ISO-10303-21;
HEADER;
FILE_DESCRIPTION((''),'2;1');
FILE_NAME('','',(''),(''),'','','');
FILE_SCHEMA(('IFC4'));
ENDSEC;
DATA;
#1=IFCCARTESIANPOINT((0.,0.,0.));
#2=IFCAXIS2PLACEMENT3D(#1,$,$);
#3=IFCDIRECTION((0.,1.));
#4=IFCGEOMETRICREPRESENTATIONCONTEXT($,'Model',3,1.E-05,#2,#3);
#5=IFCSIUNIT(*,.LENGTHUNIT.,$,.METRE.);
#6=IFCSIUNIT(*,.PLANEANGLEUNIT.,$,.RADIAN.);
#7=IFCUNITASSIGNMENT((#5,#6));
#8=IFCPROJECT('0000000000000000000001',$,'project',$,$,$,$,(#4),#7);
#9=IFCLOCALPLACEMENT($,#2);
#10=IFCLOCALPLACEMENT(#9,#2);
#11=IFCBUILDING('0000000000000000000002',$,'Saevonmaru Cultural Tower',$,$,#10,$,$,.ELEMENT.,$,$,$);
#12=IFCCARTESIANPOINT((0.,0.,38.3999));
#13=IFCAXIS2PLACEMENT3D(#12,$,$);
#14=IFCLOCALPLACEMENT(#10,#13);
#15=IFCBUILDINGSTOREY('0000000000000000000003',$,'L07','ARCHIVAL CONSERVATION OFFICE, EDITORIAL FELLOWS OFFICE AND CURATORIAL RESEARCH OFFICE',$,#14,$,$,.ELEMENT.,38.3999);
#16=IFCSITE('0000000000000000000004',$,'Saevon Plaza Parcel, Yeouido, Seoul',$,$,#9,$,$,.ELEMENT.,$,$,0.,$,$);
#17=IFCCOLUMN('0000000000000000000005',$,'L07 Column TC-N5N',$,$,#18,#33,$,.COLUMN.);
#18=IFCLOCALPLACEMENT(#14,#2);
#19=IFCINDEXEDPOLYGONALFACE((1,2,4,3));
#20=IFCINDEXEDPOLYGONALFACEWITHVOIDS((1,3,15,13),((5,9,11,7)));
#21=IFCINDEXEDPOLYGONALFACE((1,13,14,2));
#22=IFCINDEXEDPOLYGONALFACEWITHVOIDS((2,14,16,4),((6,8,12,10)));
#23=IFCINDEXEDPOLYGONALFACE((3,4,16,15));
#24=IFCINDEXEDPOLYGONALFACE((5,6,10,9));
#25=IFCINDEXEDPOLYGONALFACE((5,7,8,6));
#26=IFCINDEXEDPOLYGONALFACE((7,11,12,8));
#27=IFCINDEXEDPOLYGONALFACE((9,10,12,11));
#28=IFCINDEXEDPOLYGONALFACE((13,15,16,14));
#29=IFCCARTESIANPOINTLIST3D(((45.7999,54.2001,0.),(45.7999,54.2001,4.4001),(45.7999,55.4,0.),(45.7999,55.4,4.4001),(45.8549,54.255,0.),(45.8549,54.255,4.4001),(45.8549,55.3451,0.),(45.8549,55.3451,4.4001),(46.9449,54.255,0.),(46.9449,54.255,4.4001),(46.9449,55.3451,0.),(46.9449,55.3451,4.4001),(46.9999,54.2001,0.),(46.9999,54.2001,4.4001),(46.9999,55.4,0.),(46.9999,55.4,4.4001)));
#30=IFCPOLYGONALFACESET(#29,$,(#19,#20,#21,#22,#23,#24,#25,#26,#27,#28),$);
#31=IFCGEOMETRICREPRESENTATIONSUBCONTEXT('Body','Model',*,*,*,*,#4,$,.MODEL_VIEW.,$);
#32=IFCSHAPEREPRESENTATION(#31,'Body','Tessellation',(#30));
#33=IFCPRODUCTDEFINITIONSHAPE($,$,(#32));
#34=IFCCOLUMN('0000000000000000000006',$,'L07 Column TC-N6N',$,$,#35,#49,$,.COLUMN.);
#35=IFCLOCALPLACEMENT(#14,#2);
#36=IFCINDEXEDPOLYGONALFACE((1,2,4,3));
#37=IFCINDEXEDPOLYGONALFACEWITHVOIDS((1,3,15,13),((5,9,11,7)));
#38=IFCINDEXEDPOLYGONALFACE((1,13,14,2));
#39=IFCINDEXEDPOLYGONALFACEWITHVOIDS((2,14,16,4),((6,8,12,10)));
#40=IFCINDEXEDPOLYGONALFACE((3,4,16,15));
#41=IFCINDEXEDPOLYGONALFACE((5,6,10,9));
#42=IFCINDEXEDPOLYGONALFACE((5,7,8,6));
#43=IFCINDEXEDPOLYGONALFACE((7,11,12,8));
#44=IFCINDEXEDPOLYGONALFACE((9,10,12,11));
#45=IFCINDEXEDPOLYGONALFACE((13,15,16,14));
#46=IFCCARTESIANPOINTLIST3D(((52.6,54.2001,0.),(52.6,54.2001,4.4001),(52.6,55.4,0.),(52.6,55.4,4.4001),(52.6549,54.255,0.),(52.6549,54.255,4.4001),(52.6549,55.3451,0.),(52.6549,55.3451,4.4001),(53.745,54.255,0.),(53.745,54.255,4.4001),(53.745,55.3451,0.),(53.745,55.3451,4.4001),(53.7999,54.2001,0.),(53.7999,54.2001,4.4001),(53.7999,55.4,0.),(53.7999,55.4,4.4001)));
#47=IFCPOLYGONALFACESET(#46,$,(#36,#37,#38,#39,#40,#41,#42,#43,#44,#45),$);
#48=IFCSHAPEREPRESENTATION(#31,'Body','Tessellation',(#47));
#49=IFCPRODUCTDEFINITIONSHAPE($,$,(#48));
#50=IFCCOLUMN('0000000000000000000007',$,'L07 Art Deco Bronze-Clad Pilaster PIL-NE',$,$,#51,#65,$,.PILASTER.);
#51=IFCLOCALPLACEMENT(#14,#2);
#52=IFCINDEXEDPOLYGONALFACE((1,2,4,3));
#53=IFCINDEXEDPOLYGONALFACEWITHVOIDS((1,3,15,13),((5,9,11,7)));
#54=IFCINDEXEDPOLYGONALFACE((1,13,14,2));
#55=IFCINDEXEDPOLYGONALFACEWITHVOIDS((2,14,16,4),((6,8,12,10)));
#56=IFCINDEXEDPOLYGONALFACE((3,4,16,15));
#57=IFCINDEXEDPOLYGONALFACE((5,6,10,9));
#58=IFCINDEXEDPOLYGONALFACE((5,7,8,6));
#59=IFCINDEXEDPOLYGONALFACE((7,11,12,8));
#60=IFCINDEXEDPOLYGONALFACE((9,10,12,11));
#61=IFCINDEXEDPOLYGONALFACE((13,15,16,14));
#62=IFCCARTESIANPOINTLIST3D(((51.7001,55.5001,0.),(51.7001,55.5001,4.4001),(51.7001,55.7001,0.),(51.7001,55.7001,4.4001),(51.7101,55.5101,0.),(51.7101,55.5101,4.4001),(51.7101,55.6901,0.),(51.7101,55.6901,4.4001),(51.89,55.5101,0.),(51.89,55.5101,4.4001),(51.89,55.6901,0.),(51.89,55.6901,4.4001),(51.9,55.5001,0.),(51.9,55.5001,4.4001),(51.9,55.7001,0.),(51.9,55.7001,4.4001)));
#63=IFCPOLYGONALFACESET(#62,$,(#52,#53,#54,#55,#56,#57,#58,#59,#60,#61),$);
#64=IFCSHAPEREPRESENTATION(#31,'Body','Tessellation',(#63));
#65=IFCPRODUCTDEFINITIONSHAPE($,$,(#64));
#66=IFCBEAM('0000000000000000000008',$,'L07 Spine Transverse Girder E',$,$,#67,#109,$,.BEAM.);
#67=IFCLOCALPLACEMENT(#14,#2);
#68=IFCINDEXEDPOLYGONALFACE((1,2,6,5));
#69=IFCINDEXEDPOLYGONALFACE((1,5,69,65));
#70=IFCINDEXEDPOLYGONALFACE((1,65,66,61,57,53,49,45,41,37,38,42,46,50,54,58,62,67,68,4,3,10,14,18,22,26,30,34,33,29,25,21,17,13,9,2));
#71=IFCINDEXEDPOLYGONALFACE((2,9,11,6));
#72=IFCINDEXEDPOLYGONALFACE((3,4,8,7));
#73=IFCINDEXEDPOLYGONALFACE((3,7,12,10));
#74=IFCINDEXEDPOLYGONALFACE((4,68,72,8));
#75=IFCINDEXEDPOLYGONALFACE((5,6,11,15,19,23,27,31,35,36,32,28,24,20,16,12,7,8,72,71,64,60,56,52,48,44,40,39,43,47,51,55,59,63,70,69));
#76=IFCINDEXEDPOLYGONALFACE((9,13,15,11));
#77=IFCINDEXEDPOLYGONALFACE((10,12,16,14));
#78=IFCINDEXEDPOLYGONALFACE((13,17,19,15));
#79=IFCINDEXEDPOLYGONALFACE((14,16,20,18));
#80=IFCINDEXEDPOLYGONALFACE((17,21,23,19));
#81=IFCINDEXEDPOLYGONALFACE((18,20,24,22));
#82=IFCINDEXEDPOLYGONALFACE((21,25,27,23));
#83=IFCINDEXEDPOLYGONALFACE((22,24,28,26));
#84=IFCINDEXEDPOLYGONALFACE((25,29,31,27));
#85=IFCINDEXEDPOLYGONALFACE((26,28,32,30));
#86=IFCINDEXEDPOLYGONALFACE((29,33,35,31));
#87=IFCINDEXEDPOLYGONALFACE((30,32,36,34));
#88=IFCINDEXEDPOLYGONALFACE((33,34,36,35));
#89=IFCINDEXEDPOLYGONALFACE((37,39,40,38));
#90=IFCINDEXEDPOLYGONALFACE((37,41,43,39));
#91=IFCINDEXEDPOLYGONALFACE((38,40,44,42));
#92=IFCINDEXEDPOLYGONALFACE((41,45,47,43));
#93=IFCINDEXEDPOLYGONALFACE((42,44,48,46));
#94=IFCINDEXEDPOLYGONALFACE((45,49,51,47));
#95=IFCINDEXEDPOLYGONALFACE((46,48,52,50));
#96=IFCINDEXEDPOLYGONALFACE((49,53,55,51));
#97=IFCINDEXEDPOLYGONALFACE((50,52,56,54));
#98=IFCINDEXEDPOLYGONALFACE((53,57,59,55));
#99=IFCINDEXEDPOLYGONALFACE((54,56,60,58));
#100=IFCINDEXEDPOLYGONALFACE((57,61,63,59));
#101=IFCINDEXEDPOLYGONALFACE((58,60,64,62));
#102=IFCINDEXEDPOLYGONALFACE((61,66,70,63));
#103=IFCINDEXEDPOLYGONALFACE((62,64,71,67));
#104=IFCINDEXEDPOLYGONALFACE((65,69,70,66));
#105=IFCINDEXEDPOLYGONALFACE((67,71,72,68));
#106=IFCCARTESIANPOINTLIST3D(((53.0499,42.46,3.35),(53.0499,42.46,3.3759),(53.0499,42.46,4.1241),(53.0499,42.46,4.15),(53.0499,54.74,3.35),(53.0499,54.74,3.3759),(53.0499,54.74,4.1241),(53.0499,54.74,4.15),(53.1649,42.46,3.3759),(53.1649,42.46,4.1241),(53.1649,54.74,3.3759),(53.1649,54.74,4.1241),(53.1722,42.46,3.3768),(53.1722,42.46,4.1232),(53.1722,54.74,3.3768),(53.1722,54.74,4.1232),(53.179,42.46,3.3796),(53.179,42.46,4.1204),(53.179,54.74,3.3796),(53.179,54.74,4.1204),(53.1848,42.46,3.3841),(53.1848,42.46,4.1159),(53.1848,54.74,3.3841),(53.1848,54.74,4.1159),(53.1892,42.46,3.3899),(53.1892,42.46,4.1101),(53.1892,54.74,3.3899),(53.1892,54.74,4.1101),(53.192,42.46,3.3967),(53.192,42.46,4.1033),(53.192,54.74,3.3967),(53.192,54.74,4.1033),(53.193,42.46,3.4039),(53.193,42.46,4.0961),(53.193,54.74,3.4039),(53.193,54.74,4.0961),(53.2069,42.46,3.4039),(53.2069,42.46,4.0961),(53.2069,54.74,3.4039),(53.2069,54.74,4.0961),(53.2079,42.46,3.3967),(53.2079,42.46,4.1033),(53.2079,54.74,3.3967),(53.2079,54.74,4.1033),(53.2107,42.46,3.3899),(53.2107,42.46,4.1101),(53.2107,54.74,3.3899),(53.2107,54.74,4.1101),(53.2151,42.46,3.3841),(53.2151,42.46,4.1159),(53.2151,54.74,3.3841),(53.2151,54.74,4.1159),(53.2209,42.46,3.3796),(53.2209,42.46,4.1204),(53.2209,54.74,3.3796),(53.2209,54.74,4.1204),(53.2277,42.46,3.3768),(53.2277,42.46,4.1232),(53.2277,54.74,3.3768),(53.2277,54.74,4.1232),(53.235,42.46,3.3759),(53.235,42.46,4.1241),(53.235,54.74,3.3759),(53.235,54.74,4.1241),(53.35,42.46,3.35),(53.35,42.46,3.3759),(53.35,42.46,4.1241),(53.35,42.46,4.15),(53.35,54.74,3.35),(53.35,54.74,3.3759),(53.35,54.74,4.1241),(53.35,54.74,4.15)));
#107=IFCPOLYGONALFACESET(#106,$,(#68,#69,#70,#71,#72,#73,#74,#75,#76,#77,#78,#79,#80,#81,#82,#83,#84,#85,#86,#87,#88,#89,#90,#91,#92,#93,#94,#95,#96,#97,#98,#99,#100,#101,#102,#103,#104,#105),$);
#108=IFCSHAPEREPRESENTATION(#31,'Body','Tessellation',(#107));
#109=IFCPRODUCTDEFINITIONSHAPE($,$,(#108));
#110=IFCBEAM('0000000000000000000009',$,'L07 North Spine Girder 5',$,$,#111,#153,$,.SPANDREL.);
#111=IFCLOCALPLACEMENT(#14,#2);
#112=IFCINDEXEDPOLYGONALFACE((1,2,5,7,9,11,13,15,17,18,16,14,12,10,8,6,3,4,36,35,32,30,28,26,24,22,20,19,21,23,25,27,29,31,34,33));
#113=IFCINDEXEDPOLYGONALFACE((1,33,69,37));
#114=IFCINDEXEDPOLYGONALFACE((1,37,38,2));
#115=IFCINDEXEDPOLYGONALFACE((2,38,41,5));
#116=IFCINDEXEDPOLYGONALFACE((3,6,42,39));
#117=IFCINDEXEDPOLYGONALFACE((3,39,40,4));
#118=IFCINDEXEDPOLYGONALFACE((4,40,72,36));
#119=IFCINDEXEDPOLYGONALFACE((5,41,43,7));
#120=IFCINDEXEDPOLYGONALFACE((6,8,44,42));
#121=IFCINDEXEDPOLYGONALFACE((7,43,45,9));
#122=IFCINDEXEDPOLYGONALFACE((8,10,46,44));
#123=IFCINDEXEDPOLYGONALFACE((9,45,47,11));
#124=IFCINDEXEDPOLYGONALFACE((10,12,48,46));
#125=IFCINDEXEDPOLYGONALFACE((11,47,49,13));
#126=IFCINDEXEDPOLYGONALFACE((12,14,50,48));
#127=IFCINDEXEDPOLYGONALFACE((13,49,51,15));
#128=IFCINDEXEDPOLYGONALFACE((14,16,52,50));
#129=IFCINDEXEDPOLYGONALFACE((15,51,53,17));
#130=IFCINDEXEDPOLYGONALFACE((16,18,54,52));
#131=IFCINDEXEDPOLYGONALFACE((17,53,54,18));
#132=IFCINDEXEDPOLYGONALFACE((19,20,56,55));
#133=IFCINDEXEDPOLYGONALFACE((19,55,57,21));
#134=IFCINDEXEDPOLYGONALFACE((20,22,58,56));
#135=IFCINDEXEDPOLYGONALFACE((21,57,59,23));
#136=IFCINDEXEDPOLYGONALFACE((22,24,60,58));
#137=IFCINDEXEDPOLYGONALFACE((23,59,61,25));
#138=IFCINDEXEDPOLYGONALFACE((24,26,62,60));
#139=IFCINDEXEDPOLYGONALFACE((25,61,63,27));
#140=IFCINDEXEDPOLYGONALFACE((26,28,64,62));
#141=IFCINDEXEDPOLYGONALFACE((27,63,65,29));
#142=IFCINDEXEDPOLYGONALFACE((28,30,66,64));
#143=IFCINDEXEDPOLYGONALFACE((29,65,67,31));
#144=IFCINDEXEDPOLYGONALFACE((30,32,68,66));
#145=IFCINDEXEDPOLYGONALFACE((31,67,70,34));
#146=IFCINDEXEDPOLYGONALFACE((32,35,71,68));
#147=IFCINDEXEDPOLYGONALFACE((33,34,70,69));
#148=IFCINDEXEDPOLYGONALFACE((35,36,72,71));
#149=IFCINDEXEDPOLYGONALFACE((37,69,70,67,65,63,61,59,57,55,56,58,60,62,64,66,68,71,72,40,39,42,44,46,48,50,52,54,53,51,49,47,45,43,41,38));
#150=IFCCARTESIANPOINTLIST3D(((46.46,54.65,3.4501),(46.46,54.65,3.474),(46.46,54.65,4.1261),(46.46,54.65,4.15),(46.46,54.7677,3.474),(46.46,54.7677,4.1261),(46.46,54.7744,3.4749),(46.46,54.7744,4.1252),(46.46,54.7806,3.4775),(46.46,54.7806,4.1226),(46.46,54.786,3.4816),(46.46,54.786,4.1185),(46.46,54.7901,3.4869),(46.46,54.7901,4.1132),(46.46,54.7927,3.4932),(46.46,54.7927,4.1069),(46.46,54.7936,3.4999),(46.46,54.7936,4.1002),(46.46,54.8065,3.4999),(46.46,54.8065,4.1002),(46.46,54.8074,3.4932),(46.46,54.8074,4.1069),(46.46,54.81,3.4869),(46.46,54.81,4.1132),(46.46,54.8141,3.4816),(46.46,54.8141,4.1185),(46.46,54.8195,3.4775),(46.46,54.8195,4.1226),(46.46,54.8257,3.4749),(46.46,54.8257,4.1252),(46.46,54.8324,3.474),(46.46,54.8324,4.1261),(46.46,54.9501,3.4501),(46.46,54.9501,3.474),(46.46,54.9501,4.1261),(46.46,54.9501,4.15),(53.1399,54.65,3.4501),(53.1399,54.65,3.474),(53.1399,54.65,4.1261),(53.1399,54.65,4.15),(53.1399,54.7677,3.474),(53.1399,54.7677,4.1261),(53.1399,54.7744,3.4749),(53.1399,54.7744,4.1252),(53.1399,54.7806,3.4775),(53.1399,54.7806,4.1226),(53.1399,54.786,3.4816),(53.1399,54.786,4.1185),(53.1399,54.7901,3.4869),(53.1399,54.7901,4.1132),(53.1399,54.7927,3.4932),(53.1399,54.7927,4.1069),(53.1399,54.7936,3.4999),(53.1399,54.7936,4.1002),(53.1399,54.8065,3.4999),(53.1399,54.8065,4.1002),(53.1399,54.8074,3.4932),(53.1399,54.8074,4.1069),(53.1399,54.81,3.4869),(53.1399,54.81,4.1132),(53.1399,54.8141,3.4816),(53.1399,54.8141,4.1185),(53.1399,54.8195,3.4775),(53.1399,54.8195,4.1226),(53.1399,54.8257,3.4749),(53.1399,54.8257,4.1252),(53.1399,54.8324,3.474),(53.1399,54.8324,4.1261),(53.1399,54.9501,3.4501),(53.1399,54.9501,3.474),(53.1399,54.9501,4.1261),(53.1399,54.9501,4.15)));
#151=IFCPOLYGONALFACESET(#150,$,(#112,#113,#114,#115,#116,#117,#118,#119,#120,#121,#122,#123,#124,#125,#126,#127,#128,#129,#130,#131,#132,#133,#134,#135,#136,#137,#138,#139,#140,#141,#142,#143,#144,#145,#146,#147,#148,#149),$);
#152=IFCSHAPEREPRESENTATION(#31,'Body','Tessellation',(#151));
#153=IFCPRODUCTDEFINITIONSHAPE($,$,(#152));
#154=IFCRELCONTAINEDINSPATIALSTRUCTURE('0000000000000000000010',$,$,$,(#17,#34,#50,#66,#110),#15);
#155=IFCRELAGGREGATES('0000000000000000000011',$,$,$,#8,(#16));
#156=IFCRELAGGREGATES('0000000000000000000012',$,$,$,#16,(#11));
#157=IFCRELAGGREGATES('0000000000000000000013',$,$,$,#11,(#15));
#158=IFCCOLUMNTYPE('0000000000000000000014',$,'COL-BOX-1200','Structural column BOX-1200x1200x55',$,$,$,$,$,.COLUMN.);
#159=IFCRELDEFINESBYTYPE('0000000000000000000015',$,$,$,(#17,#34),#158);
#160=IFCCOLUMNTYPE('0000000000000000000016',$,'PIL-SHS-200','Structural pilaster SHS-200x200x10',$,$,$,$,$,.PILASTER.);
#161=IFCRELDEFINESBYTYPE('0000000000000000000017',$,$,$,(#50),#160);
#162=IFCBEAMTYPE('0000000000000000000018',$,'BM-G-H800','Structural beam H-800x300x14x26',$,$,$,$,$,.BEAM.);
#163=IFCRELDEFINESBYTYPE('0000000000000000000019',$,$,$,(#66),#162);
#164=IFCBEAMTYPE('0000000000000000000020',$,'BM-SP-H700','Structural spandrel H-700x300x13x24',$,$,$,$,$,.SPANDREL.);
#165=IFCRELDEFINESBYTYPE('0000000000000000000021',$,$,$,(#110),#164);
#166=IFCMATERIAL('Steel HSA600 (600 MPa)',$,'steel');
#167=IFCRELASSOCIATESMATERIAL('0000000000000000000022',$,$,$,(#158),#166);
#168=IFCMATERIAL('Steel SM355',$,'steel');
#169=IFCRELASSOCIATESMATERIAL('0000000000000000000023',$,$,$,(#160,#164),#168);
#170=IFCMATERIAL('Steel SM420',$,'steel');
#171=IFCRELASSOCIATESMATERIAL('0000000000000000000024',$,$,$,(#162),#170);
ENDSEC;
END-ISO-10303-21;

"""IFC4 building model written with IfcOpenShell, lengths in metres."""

from ifc_helpers import new_model, si_unit, direction, frame, origin, origin_2d, place, context, subcontext, project, spatial, hollow_rectangle, i_section, extrude, material, material_profile, profile_set, type_object, element, save


model = new_model("IFC4")

# Units and contexts
model_context = context("Model", 3, precision=1e-05, world=origin(), true_north=direction((0.0, 1.0)))
body_context = subcontext(model_context, "Body", "Model", "MODEL_VIEW")
ifc_project = project(units=[si_unit("LENGTHUNIT", "METRE"), si_unit("PLANEANGLEUNIT", "RADIAN")], contexts=[model_context])

# Site, building, storey
site_placement = place(None, origin())
site = spatial("IfcSite", under=ifc_project, at=site_placement, Name="Saevon Plaza Parcel, Yeouido, Seoul", CompositionType="ELEMENT", RefElevation=0.0)
building_placement = place(site_placement, origin())
building = spatial("IfcBuilding", under=site, at=building_placement, Name="Saevonmaru Cultural Tower", CompositionType="ELEMENT")
storey_placement = place(building_placement, frame((0.0, 0.0, 38.3999)))
storey = spatial("IfcBuildingStorey", under=building, at=storey_placement, Name="L07", Description="ARCHIVAL CONSERVATION OFFICE, EDITORIAL FELLOWS OFFICE AND CURATORIAL RESEARCH OFFICE", CompositionType="ELEMENT", Elevation=38.3999)

# Columns
ifc_material_1 = material(Name="Steel HSA600 (600 MPa)", Category="steel")
ifc_material_profile_1 = material_profile(ifc_material_1, hollow_rectangle(XDim=1.2, YDim=1.2, WallThickness=0.0549, at=origin_2d()), Name="BOX-1200x1200x55")
ifc_profile_set_1 = profile_set([ifc_material_profile_1], Name="Steel HSA600 (600 MPa)")
column_type_1 = type_object("IfcColumnType", Name="COL-BOX-1200", Description="Structural column BOX-1200x1200x55", PredefinedType="COLUMN", material=ifc_profile_set_1)
for number, where, z_axis, x_axis, name in (
    (1, (46.3999, 54.8, 0.0), (0.0, 0.0, 1.0), (1.0, 0.0, 0.0), "L07 Column TC-N5N"),
    (2, (53.2, 54.8, 0.0), (0.0, 0.0, 1.0), (1.0, 0.0, 0.0), "L07 Column TC-N6N"),
):
    element("IfcColumn", number, at=place(storey_placement, frame(where, z_axis=z_axis, x_axis=x_axis)), inside=storey, type_object=column_type_1, Name=name, PredefinedType="COLUMN", context=body_context, shape_type="SweptSolid", body=[
        extrude(hollow_rectangle(XDim=1.2, YDim=1.2, WallThickness=0.0549, at=origin_2d()), origin(), (0.0, 0.0, 1.0), 4.4001),
    ])
ifc_material_2 = material(Name="Steel SM355", Category="steel")
ifc_material_profile_2 = material_profile(ifc_material_2, hollow_rectangle(XDim=0.2, YDim=0.2, WallThickness=0.01, at=origin_2d()), Name="SHS-200x200x10")
ifc_profile_set_2 = profile_set([ifc_material_profile_2], Name="Steel SM355")
column_type_2 = type_object("IfcColumnType", Name="PIL-SHS-200", Description="Structural pilaster SHS-200x200x10", PredefinedType="PILASTER", material=ifc_profile_set_2)
column_placement = place(storey_placement, frame((51.8, 55.6001, 0.0), z_axis=(0.0, 0.0, 1.0), x_axis=(1.0, 0.0, 0.0)))
element("IfcColumn", 3, at=column_placement, inside=storey, type_object=column_type_2, Name="L07 Art Deco Bronze-Clad Pilaster PIL-NE", PredefinedType="PILASTER", context=body_context, shape_type="SweptSolid", body=[
    extrude(hollow_rectangle(XDim=0.2, YDim=0.2, WallThickness=0.01, at=origin_2d()), origin(), (0.0, 0.0, 1.0), 4.4001),
])

# Beams
ifc_material_3 = material(Name="Steel SM420", Category="steel")
ifc_material_profile_3 = material_profile(ifc_material_3, i_section(OverallWidth=0.3, OverallDepth=0.8, WebThickness=0.0139, FlangeThickness=0.0259, FilletRadius=0.0281, at=origin_2d()), Name="H-800x300x14x26")
ifc_profile_set_3 = profile_set([ifc_material_profile_3], Name="Steel SM420")
beam_type_1 = type_object("IfcBeamType", Name="BM-G-H800", Description="Structural beam H-800x300x14x26", PredefinedType="BEAM", material=ifc_profile_set_3)
beam_1_placement = place(storey_placement, frame((53.2, 54.74, 3.75), z_axis=(0.0, -1.0, 0.0), x_axis=(1.0, 0.0, 0.0)))
element("IfcBeam", 4, at=beam_1_placement, inside=storey, type_object=beam_type_1, Name="L07 Spine Transverse Girder E", PredefinedType="BEAM", context=body_context, shape_type="SweptSolid", body=[
    extrude(i_section(OverallWidth=0.3, OverallDepth=0.8, WebThickness=0.0139, FlangeThickness=0.0259, FilletRadius=0.0281, at=origin_2d()), origin(), (0.0, 0.0, 1.0), 12.28),
])
ifc_material_profile_4 = material_profile(ifc_material_2, i_section(OverallWidth=0.3, OverallDepth=0.7, WebThickness=0.0129, FlangeThickness=0.0239, FilletRadius=0.0259, at=origin_2d()), Name="H-700x300x13x24")
ifc_profile_set_4 = profile_set([ifc_material_profile_4], Name="Steel SM355")
beam_type_2 = type_object("IfcBeamType", Name="BM-SP-H700", Description="Structural spandrel H-700x300x13x24", PredefinedType="SPANDREL", material=ifc_profile_set_4)
beam_2_placement = place(storey_placement, frame((46.46, 54.8, 3.8), z_axis=(1.0, 0.0, 0.0), x_axis=(0.0, 1.0, 0.0)))
element("IfcBeam", 5, at=beam_2_placement, inside=storey, type_object=beam_type_2, Name="L07 North Spine Girder 5", PredefinedType="SPANDREL", context=body_context, shape_type="SweptSolid", body=[
    extrude(i_section(OverallWidth=0.3, OverallDepth=0.7, WebThickness=0.0129, FlangeThickness=0.0239, FilletRadius=0.0259, at=origin_2d()), origin(), (0.0, 0.0, 1.0), 6.6799),
])

save(model, "model.ifc")
